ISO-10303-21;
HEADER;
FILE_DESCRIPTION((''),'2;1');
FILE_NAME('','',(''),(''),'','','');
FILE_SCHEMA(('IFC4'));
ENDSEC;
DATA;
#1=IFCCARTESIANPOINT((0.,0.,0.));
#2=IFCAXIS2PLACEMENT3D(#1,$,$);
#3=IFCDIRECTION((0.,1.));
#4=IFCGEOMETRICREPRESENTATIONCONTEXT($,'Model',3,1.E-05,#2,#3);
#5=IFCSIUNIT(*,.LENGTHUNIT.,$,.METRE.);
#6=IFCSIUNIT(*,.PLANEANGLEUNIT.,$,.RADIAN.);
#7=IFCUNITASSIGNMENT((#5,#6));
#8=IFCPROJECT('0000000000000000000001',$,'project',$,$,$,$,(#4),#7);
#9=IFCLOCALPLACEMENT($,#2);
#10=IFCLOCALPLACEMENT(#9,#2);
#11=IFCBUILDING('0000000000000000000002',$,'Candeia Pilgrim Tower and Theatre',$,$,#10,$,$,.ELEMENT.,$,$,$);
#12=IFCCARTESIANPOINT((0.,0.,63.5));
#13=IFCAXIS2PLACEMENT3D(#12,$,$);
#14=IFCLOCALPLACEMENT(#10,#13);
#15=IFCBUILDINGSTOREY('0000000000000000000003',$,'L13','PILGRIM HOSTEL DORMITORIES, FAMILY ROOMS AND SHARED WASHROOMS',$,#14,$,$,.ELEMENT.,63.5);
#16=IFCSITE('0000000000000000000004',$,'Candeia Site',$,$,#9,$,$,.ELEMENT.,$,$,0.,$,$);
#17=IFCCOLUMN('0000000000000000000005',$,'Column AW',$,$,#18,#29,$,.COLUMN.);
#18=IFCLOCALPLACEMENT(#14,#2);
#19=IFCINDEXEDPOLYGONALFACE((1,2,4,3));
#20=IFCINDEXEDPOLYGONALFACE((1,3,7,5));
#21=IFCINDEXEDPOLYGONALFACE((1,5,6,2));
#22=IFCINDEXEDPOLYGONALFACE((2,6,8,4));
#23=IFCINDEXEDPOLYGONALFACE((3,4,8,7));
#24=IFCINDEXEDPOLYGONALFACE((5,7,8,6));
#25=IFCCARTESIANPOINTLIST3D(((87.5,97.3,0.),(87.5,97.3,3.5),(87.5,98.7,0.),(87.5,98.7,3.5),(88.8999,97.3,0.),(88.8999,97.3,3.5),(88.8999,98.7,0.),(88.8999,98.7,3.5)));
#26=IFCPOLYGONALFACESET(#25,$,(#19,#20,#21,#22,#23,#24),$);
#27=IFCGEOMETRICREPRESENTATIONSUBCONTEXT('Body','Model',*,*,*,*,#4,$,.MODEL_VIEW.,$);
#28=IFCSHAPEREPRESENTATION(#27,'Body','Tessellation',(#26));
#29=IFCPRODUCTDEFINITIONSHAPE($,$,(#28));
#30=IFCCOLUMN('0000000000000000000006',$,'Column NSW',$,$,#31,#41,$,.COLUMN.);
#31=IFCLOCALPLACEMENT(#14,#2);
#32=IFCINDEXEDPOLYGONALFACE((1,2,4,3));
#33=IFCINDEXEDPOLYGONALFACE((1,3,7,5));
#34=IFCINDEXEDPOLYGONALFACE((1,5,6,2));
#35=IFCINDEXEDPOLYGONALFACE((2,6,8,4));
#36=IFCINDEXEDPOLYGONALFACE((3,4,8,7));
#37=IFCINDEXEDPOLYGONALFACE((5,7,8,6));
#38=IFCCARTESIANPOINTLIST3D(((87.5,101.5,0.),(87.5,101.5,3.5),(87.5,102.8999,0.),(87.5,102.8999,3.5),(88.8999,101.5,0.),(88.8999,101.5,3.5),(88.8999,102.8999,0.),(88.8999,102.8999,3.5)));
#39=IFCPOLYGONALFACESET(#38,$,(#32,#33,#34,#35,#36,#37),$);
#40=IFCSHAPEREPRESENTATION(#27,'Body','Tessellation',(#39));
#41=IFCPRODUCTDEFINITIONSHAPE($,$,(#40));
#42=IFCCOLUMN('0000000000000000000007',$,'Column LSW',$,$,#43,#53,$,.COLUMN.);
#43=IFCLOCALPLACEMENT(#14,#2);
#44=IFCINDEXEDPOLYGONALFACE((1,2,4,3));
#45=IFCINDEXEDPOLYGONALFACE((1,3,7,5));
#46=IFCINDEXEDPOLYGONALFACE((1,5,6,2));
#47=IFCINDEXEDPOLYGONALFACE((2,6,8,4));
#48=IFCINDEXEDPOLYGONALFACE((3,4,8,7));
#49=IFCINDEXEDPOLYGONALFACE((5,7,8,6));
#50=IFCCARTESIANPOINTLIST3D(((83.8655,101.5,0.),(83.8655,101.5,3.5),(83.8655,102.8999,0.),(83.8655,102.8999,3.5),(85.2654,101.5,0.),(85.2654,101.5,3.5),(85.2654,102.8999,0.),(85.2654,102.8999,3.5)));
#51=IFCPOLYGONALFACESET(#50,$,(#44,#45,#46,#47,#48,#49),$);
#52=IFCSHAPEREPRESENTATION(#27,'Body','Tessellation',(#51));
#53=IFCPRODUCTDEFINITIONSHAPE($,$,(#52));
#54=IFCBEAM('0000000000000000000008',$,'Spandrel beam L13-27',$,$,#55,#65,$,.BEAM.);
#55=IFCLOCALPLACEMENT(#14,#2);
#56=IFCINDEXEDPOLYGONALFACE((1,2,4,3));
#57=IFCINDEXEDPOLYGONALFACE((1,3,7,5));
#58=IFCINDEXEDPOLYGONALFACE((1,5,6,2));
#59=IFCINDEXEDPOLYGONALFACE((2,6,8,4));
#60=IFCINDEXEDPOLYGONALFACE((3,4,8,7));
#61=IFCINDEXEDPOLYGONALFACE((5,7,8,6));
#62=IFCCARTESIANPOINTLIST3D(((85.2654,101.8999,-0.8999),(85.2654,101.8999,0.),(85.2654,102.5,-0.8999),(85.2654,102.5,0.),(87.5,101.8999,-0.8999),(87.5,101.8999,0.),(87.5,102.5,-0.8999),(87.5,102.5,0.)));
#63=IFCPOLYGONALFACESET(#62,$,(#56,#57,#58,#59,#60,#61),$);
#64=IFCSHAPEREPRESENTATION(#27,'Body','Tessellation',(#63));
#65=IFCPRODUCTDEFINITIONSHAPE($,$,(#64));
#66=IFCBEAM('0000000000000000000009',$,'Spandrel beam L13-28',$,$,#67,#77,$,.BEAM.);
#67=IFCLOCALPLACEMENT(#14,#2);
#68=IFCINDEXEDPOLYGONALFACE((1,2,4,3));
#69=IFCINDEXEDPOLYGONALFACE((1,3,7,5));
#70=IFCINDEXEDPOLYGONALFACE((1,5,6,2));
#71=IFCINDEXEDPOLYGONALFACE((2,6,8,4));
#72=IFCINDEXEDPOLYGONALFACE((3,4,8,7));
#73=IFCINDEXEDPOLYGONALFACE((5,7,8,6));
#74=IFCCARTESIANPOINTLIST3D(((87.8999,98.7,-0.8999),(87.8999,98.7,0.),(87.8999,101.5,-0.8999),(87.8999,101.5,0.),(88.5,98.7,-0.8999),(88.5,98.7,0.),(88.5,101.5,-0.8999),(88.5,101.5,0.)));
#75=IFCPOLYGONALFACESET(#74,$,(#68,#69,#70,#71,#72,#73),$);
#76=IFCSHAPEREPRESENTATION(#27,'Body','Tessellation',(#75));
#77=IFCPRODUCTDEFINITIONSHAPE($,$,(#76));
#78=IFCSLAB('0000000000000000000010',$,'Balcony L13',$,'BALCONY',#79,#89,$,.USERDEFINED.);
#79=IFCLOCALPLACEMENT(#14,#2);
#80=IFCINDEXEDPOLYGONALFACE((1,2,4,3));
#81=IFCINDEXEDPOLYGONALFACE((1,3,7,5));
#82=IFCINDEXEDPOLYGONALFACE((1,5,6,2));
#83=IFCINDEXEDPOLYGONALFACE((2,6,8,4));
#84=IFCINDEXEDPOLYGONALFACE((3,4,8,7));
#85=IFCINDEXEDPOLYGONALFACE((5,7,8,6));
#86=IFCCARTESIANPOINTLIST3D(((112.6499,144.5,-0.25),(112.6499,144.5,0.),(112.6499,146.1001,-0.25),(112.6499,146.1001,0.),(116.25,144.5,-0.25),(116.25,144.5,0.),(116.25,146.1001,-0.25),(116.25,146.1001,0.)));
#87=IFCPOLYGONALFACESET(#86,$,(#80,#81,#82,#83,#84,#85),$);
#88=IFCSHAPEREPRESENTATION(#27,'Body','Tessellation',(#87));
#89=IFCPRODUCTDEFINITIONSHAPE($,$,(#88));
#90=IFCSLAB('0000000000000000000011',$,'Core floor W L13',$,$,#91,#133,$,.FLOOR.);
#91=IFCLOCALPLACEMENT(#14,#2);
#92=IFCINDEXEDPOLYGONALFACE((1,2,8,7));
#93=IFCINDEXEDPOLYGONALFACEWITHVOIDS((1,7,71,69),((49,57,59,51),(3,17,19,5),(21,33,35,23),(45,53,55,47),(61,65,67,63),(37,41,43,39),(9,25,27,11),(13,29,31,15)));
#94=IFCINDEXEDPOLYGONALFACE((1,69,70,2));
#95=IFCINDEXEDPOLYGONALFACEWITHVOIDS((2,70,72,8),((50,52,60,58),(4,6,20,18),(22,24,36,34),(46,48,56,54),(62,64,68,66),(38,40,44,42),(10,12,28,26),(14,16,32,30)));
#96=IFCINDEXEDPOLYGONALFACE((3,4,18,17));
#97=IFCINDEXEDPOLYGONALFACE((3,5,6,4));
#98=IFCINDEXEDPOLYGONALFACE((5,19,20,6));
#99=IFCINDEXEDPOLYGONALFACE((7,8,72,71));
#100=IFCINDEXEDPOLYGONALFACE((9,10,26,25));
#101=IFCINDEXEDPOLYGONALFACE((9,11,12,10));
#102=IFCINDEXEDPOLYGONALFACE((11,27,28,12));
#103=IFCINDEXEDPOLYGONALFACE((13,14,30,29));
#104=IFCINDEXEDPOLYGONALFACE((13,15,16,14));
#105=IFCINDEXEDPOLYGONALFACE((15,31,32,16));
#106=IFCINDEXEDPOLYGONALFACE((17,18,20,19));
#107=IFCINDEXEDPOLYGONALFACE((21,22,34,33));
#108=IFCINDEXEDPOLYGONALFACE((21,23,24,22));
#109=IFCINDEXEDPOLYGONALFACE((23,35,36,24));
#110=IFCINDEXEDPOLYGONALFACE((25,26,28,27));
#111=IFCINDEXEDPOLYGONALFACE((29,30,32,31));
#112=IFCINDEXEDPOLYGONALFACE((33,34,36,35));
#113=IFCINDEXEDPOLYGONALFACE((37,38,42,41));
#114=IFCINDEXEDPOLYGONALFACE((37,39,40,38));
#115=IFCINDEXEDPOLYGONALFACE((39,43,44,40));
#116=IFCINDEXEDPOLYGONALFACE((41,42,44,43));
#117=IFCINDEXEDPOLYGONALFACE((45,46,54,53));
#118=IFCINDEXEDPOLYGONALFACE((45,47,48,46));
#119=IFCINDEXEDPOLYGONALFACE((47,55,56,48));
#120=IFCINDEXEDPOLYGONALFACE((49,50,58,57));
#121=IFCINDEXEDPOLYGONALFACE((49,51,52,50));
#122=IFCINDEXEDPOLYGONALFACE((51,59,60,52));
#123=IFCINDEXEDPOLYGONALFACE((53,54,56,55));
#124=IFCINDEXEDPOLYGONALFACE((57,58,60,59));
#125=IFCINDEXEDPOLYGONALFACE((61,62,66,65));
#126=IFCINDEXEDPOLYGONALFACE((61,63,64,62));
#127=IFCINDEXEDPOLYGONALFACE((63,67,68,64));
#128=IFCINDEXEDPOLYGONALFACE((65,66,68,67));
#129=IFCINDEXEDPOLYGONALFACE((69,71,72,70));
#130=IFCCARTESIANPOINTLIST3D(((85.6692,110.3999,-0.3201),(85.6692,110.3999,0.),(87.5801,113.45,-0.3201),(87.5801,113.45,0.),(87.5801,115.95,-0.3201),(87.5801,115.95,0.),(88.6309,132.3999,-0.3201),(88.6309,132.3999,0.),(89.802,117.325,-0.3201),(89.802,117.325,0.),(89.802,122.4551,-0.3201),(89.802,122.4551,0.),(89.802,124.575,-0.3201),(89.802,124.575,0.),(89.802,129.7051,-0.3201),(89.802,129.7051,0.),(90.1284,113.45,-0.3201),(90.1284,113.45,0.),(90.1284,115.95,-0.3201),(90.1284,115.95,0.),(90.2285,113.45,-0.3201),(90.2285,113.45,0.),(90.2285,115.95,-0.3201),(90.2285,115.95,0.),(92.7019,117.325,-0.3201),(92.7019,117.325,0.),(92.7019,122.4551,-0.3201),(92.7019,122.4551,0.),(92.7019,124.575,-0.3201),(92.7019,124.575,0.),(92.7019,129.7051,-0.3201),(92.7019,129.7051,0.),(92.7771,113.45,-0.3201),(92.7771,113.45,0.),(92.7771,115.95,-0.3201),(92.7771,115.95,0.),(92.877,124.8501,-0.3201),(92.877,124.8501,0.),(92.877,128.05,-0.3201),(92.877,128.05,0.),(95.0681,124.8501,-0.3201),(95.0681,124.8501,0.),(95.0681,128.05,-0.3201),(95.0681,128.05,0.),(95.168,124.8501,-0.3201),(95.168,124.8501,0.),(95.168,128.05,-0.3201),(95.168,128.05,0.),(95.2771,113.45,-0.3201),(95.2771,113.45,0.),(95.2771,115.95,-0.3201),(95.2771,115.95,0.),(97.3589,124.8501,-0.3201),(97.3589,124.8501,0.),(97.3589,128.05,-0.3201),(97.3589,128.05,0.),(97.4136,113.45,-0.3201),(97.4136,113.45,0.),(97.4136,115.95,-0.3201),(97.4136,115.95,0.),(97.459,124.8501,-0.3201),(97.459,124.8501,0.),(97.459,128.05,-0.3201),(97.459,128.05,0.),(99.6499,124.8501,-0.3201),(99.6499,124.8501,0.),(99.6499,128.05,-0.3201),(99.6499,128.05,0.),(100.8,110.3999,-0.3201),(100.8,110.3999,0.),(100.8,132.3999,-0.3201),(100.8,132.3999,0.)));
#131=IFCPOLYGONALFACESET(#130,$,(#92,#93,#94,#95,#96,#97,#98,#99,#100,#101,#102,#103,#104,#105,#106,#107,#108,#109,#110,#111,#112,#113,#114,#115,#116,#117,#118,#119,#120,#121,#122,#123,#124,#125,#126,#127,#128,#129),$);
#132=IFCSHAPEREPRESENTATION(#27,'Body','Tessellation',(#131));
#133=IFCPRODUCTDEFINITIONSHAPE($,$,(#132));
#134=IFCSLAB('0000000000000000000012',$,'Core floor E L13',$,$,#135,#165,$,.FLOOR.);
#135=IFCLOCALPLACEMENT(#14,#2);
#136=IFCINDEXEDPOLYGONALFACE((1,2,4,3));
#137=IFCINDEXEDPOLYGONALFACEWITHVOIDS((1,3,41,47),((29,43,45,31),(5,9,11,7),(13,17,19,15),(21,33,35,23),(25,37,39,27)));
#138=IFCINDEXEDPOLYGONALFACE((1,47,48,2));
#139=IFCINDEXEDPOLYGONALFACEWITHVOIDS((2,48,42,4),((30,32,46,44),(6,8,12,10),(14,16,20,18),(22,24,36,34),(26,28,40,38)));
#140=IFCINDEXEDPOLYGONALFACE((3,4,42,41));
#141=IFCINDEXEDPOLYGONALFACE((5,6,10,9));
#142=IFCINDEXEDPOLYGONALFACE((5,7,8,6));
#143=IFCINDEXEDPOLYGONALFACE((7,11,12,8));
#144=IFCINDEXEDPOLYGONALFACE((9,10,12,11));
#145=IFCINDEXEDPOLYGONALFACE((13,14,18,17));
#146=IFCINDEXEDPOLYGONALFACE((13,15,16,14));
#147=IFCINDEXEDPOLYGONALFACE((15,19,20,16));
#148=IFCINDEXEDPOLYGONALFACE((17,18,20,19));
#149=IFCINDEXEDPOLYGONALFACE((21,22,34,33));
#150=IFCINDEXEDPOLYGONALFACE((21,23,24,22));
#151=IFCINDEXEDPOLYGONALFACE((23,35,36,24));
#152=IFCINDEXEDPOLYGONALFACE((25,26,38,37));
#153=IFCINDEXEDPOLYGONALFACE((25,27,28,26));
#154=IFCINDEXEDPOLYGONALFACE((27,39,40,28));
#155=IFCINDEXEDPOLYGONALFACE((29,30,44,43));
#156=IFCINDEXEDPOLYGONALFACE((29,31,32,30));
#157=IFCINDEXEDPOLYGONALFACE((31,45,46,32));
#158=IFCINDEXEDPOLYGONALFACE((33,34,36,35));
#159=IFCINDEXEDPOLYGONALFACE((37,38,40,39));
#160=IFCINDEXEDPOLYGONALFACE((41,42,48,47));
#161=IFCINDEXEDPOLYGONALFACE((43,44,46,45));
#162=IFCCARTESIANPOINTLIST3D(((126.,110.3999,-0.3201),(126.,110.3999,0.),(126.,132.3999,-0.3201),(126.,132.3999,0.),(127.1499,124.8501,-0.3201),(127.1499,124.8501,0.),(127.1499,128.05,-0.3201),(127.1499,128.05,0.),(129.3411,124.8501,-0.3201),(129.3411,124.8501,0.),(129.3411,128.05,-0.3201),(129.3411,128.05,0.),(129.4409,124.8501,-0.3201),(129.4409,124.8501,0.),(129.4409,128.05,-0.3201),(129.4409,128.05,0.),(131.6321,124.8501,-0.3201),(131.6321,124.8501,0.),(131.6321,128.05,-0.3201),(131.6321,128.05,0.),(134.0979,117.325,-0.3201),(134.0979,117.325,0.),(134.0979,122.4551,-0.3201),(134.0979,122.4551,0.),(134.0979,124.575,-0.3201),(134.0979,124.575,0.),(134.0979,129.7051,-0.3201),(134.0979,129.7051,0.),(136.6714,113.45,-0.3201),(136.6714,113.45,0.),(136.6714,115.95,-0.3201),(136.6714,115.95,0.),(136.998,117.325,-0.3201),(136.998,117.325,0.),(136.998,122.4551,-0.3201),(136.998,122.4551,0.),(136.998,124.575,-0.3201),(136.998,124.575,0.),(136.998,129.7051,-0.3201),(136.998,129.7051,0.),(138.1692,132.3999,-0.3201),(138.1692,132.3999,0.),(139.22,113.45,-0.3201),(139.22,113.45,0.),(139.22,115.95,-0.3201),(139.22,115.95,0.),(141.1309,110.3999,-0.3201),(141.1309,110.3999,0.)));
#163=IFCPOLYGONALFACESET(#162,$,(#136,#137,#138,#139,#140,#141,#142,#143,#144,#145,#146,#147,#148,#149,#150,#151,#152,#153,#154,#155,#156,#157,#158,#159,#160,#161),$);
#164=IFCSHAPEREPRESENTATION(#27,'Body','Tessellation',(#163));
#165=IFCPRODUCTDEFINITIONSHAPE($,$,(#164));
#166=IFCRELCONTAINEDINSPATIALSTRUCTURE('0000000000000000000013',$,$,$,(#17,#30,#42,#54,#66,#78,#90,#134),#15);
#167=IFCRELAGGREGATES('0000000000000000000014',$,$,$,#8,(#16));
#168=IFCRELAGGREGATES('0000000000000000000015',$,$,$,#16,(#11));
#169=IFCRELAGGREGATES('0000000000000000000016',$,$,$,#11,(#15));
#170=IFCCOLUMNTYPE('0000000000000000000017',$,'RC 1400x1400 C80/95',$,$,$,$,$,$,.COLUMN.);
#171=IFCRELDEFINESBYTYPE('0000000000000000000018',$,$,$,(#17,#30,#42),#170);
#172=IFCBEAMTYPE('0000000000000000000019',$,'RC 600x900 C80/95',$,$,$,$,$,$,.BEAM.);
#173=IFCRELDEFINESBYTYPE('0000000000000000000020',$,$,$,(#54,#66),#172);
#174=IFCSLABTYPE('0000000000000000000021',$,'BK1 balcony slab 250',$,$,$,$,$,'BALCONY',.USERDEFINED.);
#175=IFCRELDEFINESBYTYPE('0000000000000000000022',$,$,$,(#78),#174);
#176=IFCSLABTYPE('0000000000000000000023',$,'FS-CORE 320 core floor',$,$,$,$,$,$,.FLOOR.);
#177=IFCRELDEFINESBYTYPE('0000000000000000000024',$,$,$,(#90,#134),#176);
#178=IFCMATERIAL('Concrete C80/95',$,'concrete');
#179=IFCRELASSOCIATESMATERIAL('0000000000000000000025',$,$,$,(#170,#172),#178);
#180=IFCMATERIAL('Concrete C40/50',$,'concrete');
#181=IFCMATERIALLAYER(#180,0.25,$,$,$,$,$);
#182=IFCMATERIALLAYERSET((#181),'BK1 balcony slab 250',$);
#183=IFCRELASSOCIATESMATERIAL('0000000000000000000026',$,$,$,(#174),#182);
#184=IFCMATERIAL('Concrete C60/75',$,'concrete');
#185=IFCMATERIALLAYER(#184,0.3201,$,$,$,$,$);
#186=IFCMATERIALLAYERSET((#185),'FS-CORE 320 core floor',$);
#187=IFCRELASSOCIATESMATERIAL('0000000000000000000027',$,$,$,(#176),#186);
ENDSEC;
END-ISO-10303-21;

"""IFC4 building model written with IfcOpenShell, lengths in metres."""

from ifc_helpers import new_model, si_unit, direction, frame, origin, origin_2d, place, context, subcontext, project, spatial, polyline, rectangle, outline, extrude, material, layer, layer_set, material_profile, profile_set, type_object, element, save


model = new_model("IFC4")

# Units and contexts
model_context = context("Model", 3, precision=1e-05, world=origin(), true_north=direction((0.0, 1.0)))
body_context = subcontext(model_context, "Body", "Model", "MODEL_VIEW")
ifc_project = project(units=[si_unit("LENGTHUNIT", "METRE"), si_unit("PLANEANGLEUNIT", "RADIAN")], contexts=[model_context])

# Site, building, storey
site_placement = place(None, origin())
site = spatial("IfcSite", under=ifc_project, at=site_placement, Name="Candeia Site", CompositionType="ELEMENT", RefElevation=0.0)
building_placement = place(site_placement, origin())
building = spatial("IfcBuilding", under=site, at=building_placement, Name="Candeia Pilgrim Tower and Theatre", CompositionType="ELEMENT")
storey_placement = place(building_placement, frame((0.0, 0.0, 63.5)))
storey = spatial("IfcBuildingStorey", under=building, at=storey_placement, Name="L13", Description="PILGRIM HOSTEL DORMITORIES, FAMILY ROOMS AND SHARED WASHROOMS", CompositionType="ELEMENT", Elevation=63.5)

# Columns
ifc_material_1 = material(Name="Concrete C80/95", Category="concrete")
ifc_material_profile_1 = material_profile(ifc_material_1, rectangle(XDim=1.3999, YDim=1.3999, at=origin_2d()))
ifc_profile_set_1 = profile_set([ifc_material_profile_1], Name="Concrete C80/95")
column_type = type_object("IfcColumnType", Name="RC 1400x1400 C80/95", PredefinedType="COLUMN", material=ifc_profile_set_1)
for number, where, z_axis, x_axis, name in (
    (1, (88.2, 98.0, 0.0), (0.0, 0.0, 1.0), (1.0, 0.0, 0.0), "Column AW"),
    (2, (88.2, 102.2, 0.0), (0.0, 0.0, 1.0), (1.0, 0.0, 0.0), "Column NSW"),
    (3, (84.5654, 102.2, 0.0), (0.0, 0.0, 1.0), (1.0, 0.0, 0.0), "Column LSW"),
):
    element("IfcColumn", number, at=place(storey_placement, frame(where, z_axis=z_axis, x_axis=x_axis)), inside=storey, type_object=column_type, Name=name, PredefinedType="COLUMN", context=body_context, shape_type="SweptSolid", body=[
        extrude(rectangle(XDim=1.3999, YDim=1.3999, at=origin_2d()), origin(), (0.0, 0.0, 1.0), 3.5),
    ])

# Beams
ifc_material_profile_2 = material_profile(ifc_material_1, rectangle(XDim=0.6001, YDim=0.8999, at=origin_2d()))
ifc_profile_set_2 = profile_set([ifc_material_profile_2], Name="Concrete C80/95")
beam_type = type_object("IfcBeamType", Name="RC 600x900 C80/95", PredefinedType="BEAM", material=ifc_profile_set_2)
beam_1_placement = place(storey_placement, frame((85.2654, 102.2, -0.45), z_axis=(1.0, 0.0, 0.0), x_axis=(0.0, 1.0, 0.0)))
element("IfcBeam", 4, at=beam_1_placement, inside=storey, type_object=beam_type, Name="Spandrel beam L13-27", PredefinedType="BEAM", context=body_context, shape_type="SweptSolid", body=[
    extrude(rectangle(XDim=0.6001, YDim=0.8999, at=origin_2d()), origin(), (0.0, 0.0, 1.0), 2.2346),
])
beam_2_placement = place(storey_placement, frame((88.2, 101.5, -0.45), z_axis=(0.0, -1.0, 0.0), x_axis=(1.0, 0.0, 0.0)))
element("IfcBeam", 5, at=beam_2_placement, inside=storey, type_object=beam_type, Name="Spandrel beam L13-28", PredefinedType="BEAM", context=body_context, shape_type="SweptSolid", body=[
    extrude(rectangle(XDim=0.6001, YDim=0.8999, at=origin_2d()), origin(), (0.0, 0.0, 1.0), 2.8),
])

# Slabs
ifc_material_2 = material(Name="Concrete C40/50", Category="concrete")
ifc_layer_1 = layer(ifc_material_2, 0.25)
ifc_layer_set_1 = layer_set([ifc_layer_1], Name="BK1 balcony slab 250")
slab_type_1 = type_object("IfcSlabType", Name="BK1 balcony slab 250", ElementType="BALCONY", PredefinedType="USERDEFINED", material=ifc_layer_set_1)
slab_1_placement = place(storey_placement, frame((0.0, 0.0, -0.25)))
element("IfcSlab", 6, at=slab_1_placement, inside=storey, type_object=slab_type_1, Name="Balcony L13", ObjectType="BALCONY", PredefinedType="USERDEFINED", context=body_context, shape_type="SweptSolid", body=[
    extrude(outline(polyline([(112.6499, 144.5), (116.25, 144.5), (116.25, 146.1001), (112.6499, 146.1001), (112.6499, 144.5)])), origin(), (0.0, 0.0, 1.0), 0.25),
])
ifc_material_3 = material(Name="Concrete C60/75", Category="concrete")
ifc_layer_2 = layer(ifc_material_3, 0.3201)
ifc_layer_set_2 = layer_set([ifc_layer_2], Name="FS-CORE 320 core floor")
slab_type_2 = type_object("IfcSlabType", Name="FS-CORE 320 core floor", PredefinedType="FLOOR", material=ifc_layer_set_2)
slab_2_placement = place(storey_placement, frame((0.0, 0.0, -0.3201)))
element("IfcSlab", 7, at=slab_2_placement, inside=storey, type_object=slab_type_2, Name="Core floor W L13", PredefinedType="FLOOR", context=body_context, shape_type="SweptSolid", body=[
    extrude(outline(polyline([(100.8, 132.3999), (100.8, 110.3999), (85.6692, 110.3999), (88.6309, 132.3999), (100.8, 132.3999)]), holes=[polyline([(97.459, 128.05), (97.459, 124.8501), (99.6499, 124.8501), (99.6499, 128.05), (97.459, 128.05)]), polyline([(95.2771, 115.95), (95.2771, 113.45), (97.4136, 113.45), (97.4136, 115.95), (95.2771, 115.95)]), polyline([(95.168, 128.05), (95.168, 124.8501), (97.3589, 124.8501), (97.3589, 128.05), (95.168, 128.05)]), polyline([(92.877, 128.05), (92.877, 124.8501), (95.0681, 124.8501), (95.0681, 128.05), (92.877, 128.05)]), polyline([(90.2285, 115.95), (90.2285, 113.45), (92.7771, 113.45), (92.7771, 115.95), (90.2285, 115.95)]), polyline([(89.802, 122.4551), (89.802, 117.325), (92.7019, 117.325), (92.7019, 122.4551), (89.802, 122.4551)]), polyline([(89.802, 129.7051), (89.802, 124.575), (92.7019, 124.575), (92.7019, 129.7051), (89.802, 129.7051)]), polyline([(87.5801, 115.95), (87.5801, 113.45), (90.1284, 113.45), (90.1284, 115.95), (87.5801, 115.95)])]), origin(), (0.0, 0.0, 1.0), 0.3201),
])
slab_3_placement = place(storey_placement, frame((0.0, 0.0, -0.3201)))
element("IfcSlab", 8, at=slab_3_placement, inside=storey, type_object=slab_type_2, Name="Core floor E L13", PredefinedType="FLOOR", context=body_context, shape_type="SweptSolid", body=[
    extrude(outline(polyline([(138.1692, 132.3999), (141.1309, 110.3999), (126.0, 110.3999), (126.0, 132.3999), (138.1692, 132.3999)]), holes=[polyline([(136.6714, 115.95), (136.6714, 113.45), (139.22, 113.45), (139.22, 115.95), (136.6714, 115.95)]), polyline([(134.0979, 117.325), (136.998, 117.325), (136.998, 122.4551), (134.0979, 122.4551), (134.0979, 117.325)]), polyline([(134.0979, 129.7051), (134.0979, 124.575), (136.998, 124.575), (136.998, 129.7051), (134.0979, 129.7051)]), polyline([(131.6321, 128.05), (129.4409, 128.05), (129.4409, 124.8501), (131.6321, 124.8501), (131.6321, 128.05)]), polyline([(127.1499, 128.05), (127.1499, 124.8501), (129.3411, 124.8501), (129.3411, 128.05), (127.1499, 128.05)])]), origin(), (0.0, 0.0, 1.0), 0.3201),
])

save(model, "model.ifc")
